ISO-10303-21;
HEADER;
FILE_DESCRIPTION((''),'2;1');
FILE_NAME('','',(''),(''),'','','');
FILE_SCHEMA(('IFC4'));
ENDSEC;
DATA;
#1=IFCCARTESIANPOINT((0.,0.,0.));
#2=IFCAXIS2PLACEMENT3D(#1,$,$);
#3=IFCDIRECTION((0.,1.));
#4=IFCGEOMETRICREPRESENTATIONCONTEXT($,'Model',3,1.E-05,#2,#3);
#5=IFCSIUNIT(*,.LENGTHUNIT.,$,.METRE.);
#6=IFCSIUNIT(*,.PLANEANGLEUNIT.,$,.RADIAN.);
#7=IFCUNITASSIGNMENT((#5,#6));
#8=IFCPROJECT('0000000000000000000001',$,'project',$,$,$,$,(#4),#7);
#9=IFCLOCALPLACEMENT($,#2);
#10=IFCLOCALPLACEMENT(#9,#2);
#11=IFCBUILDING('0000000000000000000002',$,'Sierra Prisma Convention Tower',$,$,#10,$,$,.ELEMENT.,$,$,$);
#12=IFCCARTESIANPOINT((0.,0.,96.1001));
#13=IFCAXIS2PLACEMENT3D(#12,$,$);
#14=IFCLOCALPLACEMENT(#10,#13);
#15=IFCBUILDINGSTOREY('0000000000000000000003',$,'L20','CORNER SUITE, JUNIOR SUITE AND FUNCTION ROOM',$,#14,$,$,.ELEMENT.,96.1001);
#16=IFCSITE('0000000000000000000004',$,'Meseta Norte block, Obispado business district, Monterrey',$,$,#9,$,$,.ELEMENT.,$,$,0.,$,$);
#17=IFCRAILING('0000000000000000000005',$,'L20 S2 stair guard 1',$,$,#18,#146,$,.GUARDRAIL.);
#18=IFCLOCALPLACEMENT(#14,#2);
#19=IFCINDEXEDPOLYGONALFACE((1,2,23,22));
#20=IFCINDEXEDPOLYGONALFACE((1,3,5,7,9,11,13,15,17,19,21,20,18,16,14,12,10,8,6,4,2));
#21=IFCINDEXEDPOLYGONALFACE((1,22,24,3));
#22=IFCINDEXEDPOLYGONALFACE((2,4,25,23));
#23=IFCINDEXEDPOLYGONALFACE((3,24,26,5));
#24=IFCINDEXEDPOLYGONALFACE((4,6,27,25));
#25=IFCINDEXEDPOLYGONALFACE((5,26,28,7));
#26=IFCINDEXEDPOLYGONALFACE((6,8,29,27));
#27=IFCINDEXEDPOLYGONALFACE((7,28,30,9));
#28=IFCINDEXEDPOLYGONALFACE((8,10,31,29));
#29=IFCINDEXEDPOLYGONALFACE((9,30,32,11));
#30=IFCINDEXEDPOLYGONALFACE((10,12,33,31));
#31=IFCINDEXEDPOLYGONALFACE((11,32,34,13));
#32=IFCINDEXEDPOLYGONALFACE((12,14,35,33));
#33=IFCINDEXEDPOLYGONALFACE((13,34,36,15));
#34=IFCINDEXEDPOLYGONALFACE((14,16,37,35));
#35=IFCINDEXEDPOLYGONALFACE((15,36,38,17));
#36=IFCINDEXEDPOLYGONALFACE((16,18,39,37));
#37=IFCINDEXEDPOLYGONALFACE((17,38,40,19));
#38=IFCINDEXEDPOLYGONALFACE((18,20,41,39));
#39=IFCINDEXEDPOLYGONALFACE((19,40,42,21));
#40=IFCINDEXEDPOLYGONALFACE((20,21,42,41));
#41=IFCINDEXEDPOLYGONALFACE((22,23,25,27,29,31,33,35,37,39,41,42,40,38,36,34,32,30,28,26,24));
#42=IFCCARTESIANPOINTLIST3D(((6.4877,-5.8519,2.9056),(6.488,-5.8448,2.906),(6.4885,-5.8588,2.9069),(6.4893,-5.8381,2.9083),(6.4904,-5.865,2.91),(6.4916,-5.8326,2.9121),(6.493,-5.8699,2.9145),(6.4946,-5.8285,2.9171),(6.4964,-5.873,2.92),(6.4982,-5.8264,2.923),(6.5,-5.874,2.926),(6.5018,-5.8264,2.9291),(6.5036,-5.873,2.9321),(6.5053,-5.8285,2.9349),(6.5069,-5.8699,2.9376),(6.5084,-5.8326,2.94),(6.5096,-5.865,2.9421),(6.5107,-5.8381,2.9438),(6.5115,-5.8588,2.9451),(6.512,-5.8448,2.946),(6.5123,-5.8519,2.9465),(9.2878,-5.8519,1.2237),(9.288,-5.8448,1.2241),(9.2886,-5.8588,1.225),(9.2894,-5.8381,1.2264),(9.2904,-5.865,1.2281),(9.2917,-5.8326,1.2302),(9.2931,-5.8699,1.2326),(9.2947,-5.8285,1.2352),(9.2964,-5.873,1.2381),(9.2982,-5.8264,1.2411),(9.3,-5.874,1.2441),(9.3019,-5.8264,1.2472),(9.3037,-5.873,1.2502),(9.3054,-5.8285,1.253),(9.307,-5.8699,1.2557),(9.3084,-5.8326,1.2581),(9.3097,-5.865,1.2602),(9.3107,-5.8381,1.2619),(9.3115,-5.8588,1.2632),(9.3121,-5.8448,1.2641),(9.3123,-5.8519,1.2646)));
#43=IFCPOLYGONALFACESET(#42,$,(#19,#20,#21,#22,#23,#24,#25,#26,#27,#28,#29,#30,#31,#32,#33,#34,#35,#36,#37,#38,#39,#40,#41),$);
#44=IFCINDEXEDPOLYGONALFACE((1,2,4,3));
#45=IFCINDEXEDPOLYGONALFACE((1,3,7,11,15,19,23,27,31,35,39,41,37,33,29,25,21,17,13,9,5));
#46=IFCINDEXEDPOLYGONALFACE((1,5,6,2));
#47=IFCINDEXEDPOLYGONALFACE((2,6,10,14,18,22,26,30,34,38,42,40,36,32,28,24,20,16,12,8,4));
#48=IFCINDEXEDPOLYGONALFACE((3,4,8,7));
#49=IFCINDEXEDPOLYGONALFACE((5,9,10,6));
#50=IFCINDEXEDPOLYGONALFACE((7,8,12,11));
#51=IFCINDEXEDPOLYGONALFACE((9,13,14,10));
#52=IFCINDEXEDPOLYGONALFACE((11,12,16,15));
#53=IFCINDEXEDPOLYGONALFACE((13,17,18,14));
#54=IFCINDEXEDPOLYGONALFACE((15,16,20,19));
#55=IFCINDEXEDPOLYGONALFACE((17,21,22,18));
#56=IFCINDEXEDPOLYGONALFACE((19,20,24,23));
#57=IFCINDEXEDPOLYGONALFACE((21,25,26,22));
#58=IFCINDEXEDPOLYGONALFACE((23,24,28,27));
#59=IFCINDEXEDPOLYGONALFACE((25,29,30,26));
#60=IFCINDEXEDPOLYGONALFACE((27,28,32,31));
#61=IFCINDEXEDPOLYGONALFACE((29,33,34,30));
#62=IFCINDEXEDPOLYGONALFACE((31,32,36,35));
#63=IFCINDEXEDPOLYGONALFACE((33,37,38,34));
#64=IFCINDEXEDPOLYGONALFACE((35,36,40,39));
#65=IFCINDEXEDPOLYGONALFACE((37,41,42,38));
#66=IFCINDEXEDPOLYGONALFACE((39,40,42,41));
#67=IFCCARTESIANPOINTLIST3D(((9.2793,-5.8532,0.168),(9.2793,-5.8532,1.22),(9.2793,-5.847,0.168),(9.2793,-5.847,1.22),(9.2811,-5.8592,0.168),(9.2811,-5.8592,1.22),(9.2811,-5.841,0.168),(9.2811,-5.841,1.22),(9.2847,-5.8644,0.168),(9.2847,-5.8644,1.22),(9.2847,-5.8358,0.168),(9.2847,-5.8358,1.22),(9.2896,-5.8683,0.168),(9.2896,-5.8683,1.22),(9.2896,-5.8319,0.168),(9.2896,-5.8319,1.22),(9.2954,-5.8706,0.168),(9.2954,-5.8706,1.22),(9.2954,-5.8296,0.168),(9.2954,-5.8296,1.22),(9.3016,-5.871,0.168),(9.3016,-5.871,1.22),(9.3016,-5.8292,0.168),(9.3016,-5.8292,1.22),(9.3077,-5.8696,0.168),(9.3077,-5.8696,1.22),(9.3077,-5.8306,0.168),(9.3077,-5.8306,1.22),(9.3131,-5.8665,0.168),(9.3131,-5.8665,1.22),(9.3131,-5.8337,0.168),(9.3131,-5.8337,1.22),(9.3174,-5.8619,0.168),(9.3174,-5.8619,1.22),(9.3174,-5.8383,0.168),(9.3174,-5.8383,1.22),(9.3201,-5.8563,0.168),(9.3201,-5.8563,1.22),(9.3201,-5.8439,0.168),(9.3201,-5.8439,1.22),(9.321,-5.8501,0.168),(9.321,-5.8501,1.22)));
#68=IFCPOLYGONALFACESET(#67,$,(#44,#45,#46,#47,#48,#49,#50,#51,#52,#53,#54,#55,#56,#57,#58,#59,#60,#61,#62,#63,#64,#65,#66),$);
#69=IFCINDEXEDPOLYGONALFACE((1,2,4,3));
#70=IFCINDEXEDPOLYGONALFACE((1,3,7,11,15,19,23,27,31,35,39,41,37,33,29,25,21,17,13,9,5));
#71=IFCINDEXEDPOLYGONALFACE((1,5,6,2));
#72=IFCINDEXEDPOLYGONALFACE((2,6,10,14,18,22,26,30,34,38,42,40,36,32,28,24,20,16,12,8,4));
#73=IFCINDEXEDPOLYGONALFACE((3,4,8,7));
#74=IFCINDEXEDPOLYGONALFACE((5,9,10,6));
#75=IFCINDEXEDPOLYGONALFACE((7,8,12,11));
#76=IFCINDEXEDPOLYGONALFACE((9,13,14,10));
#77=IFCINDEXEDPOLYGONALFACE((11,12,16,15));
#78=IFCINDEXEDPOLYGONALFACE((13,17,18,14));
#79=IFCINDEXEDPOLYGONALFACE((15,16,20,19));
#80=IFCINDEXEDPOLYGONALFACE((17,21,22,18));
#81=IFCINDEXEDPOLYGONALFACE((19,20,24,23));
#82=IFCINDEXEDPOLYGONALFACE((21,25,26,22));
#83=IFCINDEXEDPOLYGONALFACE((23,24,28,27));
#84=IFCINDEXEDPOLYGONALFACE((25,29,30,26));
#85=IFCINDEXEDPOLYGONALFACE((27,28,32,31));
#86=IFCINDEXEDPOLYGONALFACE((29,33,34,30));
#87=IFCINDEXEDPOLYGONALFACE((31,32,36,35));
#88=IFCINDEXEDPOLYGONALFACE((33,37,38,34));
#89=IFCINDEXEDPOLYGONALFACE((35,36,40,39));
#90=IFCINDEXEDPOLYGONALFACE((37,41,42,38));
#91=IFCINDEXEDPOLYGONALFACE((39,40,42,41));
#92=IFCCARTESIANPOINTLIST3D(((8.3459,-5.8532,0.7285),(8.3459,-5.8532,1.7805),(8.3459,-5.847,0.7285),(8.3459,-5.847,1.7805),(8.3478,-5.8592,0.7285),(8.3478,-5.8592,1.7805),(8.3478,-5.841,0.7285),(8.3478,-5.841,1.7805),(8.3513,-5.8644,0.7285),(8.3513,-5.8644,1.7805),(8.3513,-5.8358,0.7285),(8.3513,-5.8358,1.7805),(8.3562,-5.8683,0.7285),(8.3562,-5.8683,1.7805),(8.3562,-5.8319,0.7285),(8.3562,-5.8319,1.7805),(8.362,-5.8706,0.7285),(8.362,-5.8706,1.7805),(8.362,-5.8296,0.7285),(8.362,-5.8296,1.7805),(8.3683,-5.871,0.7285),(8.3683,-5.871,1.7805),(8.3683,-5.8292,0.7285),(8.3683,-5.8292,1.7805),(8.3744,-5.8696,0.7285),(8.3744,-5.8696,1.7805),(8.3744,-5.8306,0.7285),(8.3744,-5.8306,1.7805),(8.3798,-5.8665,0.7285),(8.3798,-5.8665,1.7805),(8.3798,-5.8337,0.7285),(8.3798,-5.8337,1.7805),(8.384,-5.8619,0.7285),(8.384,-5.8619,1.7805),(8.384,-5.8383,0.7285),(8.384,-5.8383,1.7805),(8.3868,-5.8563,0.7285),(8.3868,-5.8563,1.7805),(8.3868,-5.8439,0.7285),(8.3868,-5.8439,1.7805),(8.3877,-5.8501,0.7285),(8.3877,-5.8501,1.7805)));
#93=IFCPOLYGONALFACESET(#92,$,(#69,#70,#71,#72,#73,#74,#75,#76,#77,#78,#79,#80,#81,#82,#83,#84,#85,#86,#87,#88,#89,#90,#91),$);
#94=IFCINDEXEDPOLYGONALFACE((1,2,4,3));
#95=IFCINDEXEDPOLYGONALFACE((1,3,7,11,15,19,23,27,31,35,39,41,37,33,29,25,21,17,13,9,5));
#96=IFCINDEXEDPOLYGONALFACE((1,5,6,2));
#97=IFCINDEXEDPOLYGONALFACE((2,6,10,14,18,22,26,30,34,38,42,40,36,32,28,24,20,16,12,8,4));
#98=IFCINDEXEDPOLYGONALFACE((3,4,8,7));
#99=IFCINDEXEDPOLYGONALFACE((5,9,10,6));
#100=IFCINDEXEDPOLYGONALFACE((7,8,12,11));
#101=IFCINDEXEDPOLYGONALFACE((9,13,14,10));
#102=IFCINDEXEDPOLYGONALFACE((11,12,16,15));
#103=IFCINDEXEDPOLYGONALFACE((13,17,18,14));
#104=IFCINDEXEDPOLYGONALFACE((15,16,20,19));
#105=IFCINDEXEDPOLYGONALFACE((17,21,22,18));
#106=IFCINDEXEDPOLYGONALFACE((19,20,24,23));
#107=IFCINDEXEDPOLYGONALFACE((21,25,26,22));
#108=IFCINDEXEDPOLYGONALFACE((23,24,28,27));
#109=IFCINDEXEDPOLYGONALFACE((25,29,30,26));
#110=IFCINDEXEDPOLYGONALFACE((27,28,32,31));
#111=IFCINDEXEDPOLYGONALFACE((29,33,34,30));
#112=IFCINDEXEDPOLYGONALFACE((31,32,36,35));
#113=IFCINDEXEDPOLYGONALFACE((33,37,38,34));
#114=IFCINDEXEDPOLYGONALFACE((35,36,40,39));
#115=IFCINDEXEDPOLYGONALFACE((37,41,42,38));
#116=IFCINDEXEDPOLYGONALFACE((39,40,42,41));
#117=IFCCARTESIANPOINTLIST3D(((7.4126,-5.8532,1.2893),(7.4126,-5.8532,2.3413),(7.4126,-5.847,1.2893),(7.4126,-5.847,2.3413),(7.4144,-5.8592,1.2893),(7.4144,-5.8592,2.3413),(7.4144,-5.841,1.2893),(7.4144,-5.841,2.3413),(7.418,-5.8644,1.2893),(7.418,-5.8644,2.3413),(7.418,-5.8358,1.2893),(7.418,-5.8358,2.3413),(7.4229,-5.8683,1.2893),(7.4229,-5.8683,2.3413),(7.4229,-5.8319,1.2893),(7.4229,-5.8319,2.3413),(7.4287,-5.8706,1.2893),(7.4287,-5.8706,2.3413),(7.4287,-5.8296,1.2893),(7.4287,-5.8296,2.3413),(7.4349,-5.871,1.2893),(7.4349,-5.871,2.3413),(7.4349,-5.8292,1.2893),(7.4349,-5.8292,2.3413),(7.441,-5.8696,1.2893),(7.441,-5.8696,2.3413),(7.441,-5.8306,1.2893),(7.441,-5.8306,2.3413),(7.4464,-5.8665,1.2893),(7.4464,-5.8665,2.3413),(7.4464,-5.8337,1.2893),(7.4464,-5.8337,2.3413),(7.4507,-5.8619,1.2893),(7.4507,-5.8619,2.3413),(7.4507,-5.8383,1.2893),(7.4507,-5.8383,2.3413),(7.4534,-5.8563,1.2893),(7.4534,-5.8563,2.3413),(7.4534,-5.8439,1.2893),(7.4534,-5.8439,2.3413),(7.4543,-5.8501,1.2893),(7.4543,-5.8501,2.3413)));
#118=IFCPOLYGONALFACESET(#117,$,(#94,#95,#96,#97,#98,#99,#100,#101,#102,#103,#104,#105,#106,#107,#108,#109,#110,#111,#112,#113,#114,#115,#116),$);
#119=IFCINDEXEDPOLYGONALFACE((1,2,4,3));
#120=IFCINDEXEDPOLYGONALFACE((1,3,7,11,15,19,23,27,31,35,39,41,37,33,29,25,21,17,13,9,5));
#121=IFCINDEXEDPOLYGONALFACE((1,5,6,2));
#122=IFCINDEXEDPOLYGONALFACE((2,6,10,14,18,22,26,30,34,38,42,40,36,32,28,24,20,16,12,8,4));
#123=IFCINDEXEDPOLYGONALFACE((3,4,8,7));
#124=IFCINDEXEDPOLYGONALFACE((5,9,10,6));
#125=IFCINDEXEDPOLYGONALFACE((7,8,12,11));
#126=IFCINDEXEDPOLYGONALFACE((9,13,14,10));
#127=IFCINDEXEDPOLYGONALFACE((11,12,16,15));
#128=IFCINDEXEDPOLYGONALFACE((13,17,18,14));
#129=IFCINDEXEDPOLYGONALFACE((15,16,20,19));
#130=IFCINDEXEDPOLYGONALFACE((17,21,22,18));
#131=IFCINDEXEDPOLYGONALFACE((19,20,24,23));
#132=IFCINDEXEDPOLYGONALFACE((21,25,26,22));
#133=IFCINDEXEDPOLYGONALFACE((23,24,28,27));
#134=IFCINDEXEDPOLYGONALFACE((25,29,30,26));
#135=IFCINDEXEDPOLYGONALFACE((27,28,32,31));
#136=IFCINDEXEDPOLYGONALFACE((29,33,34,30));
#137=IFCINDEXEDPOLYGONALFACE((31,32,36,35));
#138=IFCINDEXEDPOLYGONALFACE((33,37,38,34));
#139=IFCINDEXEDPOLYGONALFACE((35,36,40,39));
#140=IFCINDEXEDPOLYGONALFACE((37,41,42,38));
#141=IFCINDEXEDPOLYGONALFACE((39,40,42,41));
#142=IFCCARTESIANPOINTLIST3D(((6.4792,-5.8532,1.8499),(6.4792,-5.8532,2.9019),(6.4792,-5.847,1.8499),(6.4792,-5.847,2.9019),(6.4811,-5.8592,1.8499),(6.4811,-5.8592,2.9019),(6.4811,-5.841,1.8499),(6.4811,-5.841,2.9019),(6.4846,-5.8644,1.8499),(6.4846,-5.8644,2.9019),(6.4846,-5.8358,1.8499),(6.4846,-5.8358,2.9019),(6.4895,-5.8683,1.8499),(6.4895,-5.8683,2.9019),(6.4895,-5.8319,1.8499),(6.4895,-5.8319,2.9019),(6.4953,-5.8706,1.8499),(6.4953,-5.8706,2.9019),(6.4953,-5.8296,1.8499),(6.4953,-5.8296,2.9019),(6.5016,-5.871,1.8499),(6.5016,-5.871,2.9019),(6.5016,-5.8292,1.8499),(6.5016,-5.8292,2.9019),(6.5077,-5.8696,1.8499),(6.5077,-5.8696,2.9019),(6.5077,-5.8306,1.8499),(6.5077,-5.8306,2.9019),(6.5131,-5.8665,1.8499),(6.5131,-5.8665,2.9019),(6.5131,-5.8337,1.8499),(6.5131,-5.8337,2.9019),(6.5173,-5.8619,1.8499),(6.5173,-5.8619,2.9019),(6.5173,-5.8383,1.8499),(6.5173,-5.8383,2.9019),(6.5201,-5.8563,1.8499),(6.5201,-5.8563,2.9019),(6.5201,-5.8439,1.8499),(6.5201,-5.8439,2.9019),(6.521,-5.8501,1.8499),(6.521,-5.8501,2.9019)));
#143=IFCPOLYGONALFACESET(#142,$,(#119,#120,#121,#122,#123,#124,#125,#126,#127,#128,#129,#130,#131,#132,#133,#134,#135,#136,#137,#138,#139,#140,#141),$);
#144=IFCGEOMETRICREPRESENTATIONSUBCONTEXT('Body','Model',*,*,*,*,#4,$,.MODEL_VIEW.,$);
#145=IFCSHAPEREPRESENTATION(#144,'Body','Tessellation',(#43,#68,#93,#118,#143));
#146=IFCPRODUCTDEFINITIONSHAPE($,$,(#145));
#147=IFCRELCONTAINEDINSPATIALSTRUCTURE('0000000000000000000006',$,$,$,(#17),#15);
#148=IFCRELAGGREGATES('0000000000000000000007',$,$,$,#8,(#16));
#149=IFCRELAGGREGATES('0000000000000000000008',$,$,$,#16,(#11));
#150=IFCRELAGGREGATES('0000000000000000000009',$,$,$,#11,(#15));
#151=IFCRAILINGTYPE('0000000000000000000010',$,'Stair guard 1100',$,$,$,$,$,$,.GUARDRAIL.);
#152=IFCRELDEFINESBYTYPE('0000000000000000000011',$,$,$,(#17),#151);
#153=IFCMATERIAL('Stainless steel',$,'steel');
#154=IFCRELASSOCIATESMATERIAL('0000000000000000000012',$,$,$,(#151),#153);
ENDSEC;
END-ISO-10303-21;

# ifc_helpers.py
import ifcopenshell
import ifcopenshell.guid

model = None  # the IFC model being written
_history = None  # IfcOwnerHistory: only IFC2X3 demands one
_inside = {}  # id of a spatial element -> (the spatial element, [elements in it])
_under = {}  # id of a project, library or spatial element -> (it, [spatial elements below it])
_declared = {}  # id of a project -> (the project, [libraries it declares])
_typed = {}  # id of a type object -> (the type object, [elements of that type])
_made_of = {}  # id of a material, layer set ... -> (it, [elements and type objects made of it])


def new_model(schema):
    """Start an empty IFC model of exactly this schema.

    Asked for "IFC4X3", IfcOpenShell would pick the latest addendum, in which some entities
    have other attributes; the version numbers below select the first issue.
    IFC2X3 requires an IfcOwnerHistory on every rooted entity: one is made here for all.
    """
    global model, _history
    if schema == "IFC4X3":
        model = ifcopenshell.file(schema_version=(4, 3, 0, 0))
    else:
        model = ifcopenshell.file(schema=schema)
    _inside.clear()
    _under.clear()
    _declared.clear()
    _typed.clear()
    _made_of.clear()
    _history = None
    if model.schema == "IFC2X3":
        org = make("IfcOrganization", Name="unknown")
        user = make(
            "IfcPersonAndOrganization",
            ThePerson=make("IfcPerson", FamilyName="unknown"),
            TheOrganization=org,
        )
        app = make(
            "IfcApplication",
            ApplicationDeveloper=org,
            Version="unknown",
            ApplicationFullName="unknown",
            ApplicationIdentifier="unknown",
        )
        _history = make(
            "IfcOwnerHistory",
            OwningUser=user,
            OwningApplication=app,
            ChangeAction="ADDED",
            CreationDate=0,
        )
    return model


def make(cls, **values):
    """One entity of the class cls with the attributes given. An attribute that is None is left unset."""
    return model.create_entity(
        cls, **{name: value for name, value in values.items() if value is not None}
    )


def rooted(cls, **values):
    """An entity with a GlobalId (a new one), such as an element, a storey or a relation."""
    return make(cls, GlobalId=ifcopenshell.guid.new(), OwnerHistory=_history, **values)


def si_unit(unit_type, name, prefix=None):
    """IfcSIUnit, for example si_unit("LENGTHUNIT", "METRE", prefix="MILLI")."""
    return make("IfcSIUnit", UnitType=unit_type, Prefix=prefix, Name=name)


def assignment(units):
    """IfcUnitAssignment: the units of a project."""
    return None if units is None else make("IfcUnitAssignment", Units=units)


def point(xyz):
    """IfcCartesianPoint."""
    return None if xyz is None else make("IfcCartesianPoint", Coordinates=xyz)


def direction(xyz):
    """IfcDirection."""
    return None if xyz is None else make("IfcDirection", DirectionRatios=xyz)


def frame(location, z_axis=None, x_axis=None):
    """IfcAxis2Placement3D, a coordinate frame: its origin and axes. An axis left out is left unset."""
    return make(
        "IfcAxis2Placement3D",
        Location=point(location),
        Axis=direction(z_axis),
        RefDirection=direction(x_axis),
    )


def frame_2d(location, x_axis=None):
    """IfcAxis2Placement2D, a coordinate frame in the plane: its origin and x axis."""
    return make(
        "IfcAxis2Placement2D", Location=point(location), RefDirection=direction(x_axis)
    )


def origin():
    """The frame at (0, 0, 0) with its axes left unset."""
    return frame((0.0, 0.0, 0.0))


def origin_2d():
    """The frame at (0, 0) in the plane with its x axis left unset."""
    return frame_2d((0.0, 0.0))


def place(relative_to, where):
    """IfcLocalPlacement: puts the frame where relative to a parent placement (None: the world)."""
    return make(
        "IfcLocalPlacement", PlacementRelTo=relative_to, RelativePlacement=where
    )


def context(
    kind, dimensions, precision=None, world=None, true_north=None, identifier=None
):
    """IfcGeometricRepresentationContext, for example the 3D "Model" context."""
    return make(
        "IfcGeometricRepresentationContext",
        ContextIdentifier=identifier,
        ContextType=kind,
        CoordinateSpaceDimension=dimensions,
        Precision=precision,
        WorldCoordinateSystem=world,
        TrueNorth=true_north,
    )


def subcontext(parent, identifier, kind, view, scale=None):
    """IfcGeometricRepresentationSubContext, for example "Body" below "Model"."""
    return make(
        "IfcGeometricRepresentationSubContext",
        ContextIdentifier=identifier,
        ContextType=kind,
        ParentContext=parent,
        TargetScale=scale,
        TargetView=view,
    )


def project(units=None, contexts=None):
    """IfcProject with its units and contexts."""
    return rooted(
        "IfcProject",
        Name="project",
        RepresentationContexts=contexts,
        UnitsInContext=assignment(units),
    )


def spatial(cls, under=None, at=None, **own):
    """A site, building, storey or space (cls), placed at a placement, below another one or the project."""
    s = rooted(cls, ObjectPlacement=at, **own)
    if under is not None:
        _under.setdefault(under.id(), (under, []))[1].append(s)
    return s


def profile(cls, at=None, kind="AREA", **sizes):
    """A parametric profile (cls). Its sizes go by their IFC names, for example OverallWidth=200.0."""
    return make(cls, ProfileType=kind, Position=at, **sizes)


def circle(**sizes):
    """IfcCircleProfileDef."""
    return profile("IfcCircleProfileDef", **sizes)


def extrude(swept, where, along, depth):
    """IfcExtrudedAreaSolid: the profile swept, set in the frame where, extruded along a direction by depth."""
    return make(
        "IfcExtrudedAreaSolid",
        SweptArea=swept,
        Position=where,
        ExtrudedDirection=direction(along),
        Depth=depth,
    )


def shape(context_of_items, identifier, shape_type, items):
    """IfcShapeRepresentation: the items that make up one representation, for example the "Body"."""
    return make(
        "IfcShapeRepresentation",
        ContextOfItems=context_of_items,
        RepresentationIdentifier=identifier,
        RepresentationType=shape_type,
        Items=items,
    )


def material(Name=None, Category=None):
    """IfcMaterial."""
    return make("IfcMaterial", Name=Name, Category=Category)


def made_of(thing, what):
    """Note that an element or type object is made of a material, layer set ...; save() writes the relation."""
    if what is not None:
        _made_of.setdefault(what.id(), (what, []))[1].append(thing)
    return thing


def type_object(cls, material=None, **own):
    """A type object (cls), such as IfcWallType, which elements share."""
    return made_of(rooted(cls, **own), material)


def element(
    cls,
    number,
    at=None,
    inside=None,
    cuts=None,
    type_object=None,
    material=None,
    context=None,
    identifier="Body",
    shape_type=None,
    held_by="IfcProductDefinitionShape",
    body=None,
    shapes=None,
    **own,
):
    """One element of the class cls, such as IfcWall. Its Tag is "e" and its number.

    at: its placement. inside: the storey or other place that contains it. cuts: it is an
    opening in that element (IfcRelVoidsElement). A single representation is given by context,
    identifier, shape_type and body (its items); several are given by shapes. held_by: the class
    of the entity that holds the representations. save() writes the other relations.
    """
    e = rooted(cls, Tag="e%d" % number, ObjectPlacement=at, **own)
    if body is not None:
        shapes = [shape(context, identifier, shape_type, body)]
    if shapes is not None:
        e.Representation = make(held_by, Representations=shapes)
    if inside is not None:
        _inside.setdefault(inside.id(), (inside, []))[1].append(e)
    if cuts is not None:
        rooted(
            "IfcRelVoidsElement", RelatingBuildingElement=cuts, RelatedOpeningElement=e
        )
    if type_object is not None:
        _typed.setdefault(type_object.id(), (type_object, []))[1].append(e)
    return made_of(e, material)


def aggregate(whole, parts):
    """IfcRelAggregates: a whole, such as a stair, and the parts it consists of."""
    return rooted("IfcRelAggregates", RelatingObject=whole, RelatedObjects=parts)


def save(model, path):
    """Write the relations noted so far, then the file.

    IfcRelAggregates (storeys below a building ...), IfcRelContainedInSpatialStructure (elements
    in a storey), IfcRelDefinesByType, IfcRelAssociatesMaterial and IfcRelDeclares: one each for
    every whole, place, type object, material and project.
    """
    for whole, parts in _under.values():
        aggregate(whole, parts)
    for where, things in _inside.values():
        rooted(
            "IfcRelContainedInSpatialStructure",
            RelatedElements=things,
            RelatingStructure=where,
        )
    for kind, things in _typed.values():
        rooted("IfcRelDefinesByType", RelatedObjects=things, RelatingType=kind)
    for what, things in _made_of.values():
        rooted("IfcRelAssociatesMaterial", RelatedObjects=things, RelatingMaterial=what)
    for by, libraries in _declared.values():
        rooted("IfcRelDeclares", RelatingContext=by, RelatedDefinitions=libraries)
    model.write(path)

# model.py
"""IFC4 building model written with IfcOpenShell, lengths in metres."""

from ifc_helpers import new_model, si_unit, direction, frame, origin, origin_2d, place, context, subcontext, project, spatial, circle, extrude, material, type_object, element, save


model = new_model("IFC4")

# Units and contexts
model_context = context("Model", 3, precision=1e-05, world=origin(), true_north=direction((0.0, 1.0)))
body_context = subcontext(model_context, "Body", "Model", "MODEL_VIEW")
ifc_project = project(units=[si_unit("LENGTHUNIT", "METRE"), si_unit("PLANEANGLEUNIT", "RADIAN")], contexts=[model_context])

# Site, building, storey
site_placement = place(None, origin())
site = spatial("IfcSite", under=ifc_project, at=site_placement, Name="Meseta Norte block, Obispado business district, Monterrey", CompositionType="ELEMENT", RefElevation=0.0)
building_placement = place(site_placement, origin())
building = spatial("IfcBuilding", under=site, at=building_placement, Name="Sierra Prisma Convention Tower", CompositionType="ELEMENT")
storey_placement = place(building_placement, frame((0.0, 0.0, 96.1001)))
storey = spatial("IfcBuildingStorey", under=building, at=storey_placement, Name="L20", Description="CORNER SUITE, JUNIOR SUITE AND FUNCTION ROOM", CompositionType="ELEMENT", Elevation=96.1001)

# Railing
ifc_material_1 = material(Name="Stainless steel", Category="steel")
railing_type_1 = type_object("IfcRailingType", Name="Stair guard 1100", PredefinedType="GUARDRAIL", material=ifc_material_1)
railing_1_placement = place(storey_placement, frame((9.3, -5.8501, 0.168)))
element("IfcRailing", 1, at=railing_1_placement, inside=storey, type_object=railing_type_1, Name="L20 S2 stair guard 1", PredefinedType="GUARDRAIL", context=body_context, shape_type="SweptSolid", body=[
    extrude(circle(Radius=0.0239, at=origin_2d()), frame((0.0, 0.0, 1.0762), z_axis=(-0.857242, 0.0, 0.514913), x_axis=(0.0, -1.0, 0.0)), (0.0, 0.0, 1.0), 3.2664),
    extrude(circle(Radius=0.021, at=origin_2d()), origin(), (0.0, 0.0, 1.0), 1.052),
    extrude(circle(Radius=0.021, at=origin_2d()), frame((-0.9333, 0.0, 0.5605)), (0.0, 0.0, 1.0), 1.052),
    extrude(circle(Radius=0.021, at=origin_2d()), frame((-1.8667, 0.0, 1.1213)), (0.0, 0.0, 1.0), 1.052),
    extrude(circle(Radius=0.021, at=origin_2d()), frame((-2.8, 0.0, 1.6819)), (0.0, 0.0, 1.0), 1.052),
])

save(model, "model.ifc")
